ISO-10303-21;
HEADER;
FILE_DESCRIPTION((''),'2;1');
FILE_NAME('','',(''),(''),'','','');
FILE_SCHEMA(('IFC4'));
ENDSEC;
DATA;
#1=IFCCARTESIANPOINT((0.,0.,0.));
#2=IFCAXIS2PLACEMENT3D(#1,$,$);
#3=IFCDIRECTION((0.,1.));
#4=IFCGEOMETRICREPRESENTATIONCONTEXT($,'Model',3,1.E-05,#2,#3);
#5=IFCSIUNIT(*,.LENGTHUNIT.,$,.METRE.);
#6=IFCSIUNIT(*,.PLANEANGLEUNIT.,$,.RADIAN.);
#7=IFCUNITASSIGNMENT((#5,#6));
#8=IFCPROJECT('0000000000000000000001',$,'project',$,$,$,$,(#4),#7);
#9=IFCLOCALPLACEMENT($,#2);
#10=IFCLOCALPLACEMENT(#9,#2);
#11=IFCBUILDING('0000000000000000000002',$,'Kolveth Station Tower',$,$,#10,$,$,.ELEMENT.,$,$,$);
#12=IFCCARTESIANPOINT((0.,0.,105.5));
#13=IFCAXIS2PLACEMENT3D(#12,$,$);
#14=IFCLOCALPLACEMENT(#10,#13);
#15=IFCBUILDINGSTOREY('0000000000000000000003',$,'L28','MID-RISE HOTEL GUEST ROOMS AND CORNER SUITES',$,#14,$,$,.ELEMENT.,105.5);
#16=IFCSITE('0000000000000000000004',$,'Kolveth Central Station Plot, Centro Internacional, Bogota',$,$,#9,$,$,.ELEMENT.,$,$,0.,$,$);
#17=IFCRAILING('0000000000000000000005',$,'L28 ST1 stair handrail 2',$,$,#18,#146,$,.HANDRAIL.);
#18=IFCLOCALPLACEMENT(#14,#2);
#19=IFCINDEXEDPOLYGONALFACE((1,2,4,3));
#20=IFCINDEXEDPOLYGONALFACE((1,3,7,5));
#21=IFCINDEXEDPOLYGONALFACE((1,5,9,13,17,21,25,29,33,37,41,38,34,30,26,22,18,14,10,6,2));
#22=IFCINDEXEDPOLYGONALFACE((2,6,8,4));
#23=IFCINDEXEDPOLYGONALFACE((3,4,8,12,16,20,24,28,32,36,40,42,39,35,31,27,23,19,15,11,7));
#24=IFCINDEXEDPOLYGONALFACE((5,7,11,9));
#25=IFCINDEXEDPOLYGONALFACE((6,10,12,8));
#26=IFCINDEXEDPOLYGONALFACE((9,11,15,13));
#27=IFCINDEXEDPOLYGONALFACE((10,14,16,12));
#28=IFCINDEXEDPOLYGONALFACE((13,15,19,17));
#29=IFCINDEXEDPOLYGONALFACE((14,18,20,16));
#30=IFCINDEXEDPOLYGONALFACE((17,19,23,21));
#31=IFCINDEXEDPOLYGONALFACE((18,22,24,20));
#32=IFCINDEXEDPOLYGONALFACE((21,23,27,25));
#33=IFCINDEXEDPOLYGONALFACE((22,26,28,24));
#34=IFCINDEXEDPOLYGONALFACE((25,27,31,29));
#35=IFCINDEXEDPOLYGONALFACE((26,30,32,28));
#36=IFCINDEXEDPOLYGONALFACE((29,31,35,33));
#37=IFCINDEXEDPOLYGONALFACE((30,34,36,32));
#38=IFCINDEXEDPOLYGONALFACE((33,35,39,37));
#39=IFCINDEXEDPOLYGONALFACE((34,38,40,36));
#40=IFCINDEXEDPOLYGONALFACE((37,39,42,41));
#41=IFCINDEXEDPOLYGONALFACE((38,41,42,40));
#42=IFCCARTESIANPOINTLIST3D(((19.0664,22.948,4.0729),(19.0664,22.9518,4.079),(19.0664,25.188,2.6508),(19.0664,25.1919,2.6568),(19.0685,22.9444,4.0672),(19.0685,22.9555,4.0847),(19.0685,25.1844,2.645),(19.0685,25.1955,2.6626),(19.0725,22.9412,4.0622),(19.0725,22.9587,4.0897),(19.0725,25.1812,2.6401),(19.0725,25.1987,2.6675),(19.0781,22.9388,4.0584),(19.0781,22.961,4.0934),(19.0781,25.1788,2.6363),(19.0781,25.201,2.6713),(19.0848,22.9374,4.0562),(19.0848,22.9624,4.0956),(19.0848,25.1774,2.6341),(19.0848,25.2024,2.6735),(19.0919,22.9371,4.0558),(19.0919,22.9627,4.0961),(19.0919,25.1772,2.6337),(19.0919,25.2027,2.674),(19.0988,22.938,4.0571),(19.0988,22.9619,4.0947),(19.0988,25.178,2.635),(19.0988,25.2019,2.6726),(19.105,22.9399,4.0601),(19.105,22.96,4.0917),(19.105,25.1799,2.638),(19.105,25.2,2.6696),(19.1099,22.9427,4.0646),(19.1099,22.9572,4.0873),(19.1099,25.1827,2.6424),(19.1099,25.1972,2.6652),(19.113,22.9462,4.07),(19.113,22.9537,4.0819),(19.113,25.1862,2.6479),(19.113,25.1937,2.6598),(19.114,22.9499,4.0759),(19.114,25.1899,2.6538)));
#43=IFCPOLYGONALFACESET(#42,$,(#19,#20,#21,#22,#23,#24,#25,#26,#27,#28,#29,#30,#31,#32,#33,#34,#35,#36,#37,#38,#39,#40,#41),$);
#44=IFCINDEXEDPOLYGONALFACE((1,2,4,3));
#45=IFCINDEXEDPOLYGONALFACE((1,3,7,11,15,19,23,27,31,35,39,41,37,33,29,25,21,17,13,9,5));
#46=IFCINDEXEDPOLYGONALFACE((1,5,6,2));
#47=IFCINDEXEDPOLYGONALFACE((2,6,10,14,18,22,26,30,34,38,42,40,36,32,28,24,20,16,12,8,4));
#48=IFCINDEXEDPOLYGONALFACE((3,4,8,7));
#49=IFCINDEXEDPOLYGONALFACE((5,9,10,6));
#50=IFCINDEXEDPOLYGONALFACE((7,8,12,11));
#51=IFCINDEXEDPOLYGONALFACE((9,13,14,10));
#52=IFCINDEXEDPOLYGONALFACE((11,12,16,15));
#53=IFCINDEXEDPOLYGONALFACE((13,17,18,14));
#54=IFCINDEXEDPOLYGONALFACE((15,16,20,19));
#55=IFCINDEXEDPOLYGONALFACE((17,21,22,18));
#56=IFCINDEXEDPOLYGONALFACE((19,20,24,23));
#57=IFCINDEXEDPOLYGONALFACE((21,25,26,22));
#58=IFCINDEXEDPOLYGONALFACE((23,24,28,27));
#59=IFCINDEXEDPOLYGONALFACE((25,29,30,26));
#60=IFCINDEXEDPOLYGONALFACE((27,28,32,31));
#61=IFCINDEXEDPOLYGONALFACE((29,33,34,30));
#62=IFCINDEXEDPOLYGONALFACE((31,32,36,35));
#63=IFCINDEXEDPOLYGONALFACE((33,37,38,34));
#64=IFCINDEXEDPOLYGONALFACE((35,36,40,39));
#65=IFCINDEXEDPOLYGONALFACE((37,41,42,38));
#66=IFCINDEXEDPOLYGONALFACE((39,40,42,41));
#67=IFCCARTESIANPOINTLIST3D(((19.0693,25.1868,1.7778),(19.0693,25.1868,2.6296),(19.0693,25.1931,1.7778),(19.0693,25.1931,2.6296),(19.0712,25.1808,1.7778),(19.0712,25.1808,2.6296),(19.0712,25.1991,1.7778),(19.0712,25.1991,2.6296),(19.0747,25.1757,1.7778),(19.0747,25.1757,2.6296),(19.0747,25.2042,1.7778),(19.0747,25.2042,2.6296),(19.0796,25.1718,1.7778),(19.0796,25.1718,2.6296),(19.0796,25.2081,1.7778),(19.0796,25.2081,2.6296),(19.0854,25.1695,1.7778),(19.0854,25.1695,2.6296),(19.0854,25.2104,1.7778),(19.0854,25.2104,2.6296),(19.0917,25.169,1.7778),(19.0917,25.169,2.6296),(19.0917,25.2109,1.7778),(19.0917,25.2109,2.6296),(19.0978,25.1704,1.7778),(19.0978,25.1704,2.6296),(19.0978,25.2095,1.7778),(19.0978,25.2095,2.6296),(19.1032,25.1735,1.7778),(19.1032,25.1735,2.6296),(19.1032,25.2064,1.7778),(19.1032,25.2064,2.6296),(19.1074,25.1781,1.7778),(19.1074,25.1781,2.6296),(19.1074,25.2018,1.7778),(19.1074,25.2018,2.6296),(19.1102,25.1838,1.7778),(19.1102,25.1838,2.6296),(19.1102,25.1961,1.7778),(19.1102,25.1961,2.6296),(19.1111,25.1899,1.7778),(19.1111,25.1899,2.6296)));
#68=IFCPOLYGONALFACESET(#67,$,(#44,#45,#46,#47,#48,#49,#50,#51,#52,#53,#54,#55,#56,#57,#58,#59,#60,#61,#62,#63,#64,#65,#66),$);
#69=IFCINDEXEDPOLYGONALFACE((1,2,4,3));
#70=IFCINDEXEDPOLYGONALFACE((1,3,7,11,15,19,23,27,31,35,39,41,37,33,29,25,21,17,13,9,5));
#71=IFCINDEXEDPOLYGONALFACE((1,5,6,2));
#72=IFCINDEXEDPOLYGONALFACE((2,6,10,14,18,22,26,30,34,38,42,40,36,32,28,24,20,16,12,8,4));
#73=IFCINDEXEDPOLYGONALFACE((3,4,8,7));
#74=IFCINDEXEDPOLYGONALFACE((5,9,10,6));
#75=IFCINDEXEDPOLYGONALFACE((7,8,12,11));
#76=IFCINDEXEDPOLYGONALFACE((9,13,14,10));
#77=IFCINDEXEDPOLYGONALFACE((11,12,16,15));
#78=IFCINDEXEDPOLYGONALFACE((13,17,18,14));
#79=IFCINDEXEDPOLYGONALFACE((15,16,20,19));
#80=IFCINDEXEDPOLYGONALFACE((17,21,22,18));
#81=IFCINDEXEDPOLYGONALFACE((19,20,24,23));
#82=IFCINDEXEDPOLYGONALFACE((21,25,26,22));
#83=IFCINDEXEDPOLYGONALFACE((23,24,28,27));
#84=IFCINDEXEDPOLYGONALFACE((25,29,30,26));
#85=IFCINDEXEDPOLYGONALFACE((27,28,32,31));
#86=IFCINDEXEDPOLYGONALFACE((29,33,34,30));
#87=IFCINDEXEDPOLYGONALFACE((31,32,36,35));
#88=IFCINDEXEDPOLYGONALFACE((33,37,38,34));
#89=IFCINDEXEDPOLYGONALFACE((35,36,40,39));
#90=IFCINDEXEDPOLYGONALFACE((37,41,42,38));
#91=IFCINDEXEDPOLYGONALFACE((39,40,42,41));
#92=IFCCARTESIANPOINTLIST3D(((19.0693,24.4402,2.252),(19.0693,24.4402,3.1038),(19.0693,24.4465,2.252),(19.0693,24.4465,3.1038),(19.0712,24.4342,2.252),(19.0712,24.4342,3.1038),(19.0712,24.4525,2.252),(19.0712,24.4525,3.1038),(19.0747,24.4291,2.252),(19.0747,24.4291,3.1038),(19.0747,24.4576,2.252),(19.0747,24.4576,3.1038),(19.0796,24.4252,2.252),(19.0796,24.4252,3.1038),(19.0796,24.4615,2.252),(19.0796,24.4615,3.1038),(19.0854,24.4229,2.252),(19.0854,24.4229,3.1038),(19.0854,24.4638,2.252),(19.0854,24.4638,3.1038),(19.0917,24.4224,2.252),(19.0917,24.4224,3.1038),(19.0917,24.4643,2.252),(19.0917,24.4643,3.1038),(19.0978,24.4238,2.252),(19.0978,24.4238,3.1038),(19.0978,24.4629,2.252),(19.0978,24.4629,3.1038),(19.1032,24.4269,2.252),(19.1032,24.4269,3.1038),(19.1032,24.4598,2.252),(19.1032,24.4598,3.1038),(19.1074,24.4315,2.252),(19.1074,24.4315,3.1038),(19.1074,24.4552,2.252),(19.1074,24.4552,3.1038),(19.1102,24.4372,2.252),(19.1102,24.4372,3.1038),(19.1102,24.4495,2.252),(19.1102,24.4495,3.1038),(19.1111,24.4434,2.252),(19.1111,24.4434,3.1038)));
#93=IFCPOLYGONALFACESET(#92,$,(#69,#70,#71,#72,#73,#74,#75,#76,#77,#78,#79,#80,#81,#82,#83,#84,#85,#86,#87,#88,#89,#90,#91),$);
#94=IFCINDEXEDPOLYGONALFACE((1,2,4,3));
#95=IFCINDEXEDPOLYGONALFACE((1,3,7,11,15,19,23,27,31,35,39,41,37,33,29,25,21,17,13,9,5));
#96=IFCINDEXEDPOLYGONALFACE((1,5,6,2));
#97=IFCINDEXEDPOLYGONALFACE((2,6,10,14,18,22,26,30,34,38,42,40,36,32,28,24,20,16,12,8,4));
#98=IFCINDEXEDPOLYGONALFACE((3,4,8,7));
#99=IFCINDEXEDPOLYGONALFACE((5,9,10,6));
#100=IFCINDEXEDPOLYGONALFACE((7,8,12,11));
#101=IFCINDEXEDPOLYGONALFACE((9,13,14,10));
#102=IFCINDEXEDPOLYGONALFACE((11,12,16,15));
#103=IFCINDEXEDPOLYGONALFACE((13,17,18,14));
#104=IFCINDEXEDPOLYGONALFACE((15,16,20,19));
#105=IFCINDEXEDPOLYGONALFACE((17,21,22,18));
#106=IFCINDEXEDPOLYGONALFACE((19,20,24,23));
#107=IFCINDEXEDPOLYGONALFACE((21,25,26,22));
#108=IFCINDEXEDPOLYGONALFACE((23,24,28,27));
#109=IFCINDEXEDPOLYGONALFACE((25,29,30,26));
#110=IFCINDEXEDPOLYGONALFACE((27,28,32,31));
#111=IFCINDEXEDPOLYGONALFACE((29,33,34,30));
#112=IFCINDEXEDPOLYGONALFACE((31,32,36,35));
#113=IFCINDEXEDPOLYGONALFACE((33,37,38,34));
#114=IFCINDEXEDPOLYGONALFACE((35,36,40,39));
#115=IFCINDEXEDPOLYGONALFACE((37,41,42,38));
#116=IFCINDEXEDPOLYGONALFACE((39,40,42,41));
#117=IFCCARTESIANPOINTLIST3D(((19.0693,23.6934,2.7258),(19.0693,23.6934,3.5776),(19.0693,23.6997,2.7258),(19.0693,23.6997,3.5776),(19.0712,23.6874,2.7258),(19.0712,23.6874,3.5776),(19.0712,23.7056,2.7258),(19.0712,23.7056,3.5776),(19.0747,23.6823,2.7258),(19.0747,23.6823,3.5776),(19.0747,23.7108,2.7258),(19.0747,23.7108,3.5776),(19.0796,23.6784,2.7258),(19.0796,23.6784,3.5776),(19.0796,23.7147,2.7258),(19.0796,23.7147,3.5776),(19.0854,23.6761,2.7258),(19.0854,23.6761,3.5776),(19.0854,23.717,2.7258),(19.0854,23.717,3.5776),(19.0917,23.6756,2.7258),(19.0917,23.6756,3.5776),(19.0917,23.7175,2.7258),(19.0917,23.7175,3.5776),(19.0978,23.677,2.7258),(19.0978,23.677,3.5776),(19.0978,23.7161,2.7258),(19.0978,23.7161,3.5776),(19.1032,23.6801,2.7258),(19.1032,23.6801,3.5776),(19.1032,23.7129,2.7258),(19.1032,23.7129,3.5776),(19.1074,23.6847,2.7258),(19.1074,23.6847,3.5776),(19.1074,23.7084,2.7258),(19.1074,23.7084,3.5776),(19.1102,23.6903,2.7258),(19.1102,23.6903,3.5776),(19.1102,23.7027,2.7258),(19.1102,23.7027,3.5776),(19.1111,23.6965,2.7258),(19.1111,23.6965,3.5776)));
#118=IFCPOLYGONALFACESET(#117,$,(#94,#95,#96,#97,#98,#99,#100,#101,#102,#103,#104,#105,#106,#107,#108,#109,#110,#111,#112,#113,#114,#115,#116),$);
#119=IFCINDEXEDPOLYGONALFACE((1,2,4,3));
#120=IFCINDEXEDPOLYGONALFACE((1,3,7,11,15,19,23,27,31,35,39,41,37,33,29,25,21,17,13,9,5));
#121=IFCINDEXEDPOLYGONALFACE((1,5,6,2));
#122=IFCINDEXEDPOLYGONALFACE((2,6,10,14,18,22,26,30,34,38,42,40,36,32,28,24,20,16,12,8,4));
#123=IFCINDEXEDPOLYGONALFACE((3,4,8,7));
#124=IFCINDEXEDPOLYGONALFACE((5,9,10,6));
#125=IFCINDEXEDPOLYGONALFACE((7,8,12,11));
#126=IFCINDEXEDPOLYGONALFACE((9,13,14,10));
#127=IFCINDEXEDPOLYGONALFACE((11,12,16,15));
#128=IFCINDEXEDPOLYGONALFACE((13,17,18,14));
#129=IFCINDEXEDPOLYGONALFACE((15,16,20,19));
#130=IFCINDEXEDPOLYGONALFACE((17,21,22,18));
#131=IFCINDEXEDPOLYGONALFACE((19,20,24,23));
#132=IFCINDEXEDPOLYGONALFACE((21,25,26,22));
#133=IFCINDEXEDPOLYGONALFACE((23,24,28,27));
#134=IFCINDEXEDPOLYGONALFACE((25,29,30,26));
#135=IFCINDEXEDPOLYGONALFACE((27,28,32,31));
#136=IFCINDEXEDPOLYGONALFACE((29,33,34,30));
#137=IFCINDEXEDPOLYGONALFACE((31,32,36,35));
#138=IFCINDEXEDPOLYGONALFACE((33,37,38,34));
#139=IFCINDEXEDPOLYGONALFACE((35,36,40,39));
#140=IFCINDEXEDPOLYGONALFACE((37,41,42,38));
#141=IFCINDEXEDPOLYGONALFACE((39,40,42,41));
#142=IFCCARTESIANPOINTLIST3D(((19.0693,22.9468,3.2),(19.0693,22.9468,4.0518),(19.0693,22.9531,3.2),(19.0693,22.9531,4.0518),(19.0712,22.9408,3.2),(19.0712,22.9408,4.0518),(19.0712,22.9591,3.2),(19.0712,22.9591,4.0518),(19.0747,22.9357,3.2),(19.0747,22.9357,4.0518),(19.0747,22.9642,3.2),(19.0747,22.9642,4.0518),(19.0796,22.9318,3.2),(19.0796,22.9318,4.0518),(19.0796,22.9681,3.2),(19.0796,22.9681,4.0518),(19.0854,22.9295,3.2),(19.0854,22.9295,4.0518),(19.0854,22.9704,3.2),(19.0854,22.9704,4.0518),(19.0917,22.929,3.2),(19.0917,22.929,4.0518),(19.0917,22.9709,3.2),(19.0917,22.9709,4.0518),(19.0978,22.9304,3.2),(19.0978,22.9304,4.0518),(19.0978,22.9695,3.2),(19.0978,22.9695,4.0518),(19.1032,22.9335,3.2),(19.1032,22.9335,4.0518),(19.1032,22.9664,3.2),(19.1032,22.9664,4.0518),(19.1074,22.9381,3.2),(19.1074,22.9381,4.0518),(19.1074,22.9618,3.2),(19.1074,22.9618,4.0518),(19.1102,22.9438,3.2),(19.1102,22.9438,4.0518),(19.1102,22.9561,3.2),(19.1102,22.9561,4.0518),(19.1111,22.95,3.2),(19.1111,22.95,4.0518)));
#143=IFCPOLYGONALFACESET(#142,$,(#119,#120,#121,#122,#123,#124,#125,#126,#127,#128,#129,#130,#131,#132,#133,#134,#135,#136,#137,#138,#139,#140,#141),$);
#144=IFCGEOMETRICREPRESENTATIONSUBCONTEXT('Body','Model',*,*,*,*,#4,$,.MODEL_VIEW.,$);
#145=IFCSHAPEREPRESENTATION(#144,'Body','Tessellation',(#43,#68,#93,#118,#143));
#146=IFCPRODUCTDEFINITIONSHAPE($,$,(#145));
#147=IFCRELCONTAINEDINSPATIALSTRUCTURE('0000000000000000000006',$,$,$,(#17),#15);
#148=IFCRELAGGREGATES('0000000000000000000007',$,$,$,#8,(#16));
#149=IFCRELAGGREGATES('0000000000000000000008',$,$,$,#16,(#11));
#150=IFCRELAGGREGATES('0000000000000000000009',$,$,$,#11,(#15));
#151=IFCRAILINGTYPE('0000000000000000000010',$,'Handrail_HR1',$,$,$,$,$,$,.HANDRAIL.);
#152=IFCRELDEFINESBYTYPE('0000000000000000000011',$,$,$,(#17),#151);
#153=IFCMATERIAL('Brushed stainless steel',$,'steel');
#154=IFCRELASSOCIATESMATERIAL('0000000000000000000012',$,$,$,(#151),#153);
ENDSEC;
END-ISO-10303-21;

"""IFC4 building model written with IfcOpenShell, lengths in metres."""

from ifc_helpers import new_model, si_unit, direction, frame, origin, origin_2d, place, context, subcontext, project, spatial, circle, extrude, material, type_object, element, save


model = new_model("IFC4")

# Units and contexts
model_context = context("Model", 3, precision=1e-05, world=origin(), true_north=direction((0.0, 1.0)))
body_context = subcontext(model_context, "Body", "Model", "MODEL_VIEW")
ifc_project = project(units=[si_unit("LENGTHUNIT", "METRE"), si_unit("PLANEANGLEUNIT", "RADIAN")], contexts=[model_context])

# Site, building, storey
site_placement = place(None, origin())
site = spatial("IfcSite", under=ifc_project, at=site_placement, Name="Kolveth Central Station Plot, Centro Internacional, Bogota", CompositionType="ELEMENT", RefElevation=0.0)
building_placement = place(site_placement, origin())
building = spatial("IfcBuilding", under=site, at=building_placement, Name="Kolveth Station Tower", CompositionType="ELEMENT")
storey_placement = place(building_placement, frame((0.0, 0.0, 105.5)))
storey = spatial("IfcBuildingStorey", under=building, at=storey_placement, Name="L28", Description="MID-RISE HOTEL GUEST ROOMS AND CORNER SUITES", CompositionType="ELEMENT", Elevation=105.5)

# Railing
ifc_material_1 = material(Name="Brushed stainless steel", Category="steel")
railing_type_1 = type_object("IfcRailingType", Name="Handrail_HR1", PredefinedType="HANDRAIL", material=ifc_material_1)
railing_1_placement = place(storey_placement, frame((19.0901, 25.1899, 1.7778)))
element("IfcRailing", 1, at=railing_1_placement, inside=storey, type_object=railing_type_1, Name="L28 ST1 stair handrail 2", PredefinedType="HANDRAIL", context=body_context, shape_type="SweptSolid", body=[
    extrude(circle(Radius=0.0239, at=origin_2d()), frame((0.0, 0.0, 0.876), z_axis=(0.0, -0.844229, 0.535982), x_axis=(1.0, 0.0, 0.0)), (0.0, 0.0, 1.0), 2.6533),
    extrude(circle(Radius=0.021, at=origin_2d()), origin(), (0.0, 0.0, 1.0), 0.8518),
    extrude(circle(Radius=0.021, at=origin_2d()), frame((0.0, -0.7466, 0.4741)), (0.0, 0.0, 1.0), 0.8518),
    extrude(circle(Radius=0.021, at=origin_2d()), frame((0.0, -1.4934, 0.948)), (0.0, 0.0, 1.0), 0.8518),
    extrude(circle(Radius=0.021, at=origin_2d()), frame((0.0, -2.24, 1.4221)), (0.0, 0.0, 1.0), 0.8518),
])

save(model, "model.ifc")
